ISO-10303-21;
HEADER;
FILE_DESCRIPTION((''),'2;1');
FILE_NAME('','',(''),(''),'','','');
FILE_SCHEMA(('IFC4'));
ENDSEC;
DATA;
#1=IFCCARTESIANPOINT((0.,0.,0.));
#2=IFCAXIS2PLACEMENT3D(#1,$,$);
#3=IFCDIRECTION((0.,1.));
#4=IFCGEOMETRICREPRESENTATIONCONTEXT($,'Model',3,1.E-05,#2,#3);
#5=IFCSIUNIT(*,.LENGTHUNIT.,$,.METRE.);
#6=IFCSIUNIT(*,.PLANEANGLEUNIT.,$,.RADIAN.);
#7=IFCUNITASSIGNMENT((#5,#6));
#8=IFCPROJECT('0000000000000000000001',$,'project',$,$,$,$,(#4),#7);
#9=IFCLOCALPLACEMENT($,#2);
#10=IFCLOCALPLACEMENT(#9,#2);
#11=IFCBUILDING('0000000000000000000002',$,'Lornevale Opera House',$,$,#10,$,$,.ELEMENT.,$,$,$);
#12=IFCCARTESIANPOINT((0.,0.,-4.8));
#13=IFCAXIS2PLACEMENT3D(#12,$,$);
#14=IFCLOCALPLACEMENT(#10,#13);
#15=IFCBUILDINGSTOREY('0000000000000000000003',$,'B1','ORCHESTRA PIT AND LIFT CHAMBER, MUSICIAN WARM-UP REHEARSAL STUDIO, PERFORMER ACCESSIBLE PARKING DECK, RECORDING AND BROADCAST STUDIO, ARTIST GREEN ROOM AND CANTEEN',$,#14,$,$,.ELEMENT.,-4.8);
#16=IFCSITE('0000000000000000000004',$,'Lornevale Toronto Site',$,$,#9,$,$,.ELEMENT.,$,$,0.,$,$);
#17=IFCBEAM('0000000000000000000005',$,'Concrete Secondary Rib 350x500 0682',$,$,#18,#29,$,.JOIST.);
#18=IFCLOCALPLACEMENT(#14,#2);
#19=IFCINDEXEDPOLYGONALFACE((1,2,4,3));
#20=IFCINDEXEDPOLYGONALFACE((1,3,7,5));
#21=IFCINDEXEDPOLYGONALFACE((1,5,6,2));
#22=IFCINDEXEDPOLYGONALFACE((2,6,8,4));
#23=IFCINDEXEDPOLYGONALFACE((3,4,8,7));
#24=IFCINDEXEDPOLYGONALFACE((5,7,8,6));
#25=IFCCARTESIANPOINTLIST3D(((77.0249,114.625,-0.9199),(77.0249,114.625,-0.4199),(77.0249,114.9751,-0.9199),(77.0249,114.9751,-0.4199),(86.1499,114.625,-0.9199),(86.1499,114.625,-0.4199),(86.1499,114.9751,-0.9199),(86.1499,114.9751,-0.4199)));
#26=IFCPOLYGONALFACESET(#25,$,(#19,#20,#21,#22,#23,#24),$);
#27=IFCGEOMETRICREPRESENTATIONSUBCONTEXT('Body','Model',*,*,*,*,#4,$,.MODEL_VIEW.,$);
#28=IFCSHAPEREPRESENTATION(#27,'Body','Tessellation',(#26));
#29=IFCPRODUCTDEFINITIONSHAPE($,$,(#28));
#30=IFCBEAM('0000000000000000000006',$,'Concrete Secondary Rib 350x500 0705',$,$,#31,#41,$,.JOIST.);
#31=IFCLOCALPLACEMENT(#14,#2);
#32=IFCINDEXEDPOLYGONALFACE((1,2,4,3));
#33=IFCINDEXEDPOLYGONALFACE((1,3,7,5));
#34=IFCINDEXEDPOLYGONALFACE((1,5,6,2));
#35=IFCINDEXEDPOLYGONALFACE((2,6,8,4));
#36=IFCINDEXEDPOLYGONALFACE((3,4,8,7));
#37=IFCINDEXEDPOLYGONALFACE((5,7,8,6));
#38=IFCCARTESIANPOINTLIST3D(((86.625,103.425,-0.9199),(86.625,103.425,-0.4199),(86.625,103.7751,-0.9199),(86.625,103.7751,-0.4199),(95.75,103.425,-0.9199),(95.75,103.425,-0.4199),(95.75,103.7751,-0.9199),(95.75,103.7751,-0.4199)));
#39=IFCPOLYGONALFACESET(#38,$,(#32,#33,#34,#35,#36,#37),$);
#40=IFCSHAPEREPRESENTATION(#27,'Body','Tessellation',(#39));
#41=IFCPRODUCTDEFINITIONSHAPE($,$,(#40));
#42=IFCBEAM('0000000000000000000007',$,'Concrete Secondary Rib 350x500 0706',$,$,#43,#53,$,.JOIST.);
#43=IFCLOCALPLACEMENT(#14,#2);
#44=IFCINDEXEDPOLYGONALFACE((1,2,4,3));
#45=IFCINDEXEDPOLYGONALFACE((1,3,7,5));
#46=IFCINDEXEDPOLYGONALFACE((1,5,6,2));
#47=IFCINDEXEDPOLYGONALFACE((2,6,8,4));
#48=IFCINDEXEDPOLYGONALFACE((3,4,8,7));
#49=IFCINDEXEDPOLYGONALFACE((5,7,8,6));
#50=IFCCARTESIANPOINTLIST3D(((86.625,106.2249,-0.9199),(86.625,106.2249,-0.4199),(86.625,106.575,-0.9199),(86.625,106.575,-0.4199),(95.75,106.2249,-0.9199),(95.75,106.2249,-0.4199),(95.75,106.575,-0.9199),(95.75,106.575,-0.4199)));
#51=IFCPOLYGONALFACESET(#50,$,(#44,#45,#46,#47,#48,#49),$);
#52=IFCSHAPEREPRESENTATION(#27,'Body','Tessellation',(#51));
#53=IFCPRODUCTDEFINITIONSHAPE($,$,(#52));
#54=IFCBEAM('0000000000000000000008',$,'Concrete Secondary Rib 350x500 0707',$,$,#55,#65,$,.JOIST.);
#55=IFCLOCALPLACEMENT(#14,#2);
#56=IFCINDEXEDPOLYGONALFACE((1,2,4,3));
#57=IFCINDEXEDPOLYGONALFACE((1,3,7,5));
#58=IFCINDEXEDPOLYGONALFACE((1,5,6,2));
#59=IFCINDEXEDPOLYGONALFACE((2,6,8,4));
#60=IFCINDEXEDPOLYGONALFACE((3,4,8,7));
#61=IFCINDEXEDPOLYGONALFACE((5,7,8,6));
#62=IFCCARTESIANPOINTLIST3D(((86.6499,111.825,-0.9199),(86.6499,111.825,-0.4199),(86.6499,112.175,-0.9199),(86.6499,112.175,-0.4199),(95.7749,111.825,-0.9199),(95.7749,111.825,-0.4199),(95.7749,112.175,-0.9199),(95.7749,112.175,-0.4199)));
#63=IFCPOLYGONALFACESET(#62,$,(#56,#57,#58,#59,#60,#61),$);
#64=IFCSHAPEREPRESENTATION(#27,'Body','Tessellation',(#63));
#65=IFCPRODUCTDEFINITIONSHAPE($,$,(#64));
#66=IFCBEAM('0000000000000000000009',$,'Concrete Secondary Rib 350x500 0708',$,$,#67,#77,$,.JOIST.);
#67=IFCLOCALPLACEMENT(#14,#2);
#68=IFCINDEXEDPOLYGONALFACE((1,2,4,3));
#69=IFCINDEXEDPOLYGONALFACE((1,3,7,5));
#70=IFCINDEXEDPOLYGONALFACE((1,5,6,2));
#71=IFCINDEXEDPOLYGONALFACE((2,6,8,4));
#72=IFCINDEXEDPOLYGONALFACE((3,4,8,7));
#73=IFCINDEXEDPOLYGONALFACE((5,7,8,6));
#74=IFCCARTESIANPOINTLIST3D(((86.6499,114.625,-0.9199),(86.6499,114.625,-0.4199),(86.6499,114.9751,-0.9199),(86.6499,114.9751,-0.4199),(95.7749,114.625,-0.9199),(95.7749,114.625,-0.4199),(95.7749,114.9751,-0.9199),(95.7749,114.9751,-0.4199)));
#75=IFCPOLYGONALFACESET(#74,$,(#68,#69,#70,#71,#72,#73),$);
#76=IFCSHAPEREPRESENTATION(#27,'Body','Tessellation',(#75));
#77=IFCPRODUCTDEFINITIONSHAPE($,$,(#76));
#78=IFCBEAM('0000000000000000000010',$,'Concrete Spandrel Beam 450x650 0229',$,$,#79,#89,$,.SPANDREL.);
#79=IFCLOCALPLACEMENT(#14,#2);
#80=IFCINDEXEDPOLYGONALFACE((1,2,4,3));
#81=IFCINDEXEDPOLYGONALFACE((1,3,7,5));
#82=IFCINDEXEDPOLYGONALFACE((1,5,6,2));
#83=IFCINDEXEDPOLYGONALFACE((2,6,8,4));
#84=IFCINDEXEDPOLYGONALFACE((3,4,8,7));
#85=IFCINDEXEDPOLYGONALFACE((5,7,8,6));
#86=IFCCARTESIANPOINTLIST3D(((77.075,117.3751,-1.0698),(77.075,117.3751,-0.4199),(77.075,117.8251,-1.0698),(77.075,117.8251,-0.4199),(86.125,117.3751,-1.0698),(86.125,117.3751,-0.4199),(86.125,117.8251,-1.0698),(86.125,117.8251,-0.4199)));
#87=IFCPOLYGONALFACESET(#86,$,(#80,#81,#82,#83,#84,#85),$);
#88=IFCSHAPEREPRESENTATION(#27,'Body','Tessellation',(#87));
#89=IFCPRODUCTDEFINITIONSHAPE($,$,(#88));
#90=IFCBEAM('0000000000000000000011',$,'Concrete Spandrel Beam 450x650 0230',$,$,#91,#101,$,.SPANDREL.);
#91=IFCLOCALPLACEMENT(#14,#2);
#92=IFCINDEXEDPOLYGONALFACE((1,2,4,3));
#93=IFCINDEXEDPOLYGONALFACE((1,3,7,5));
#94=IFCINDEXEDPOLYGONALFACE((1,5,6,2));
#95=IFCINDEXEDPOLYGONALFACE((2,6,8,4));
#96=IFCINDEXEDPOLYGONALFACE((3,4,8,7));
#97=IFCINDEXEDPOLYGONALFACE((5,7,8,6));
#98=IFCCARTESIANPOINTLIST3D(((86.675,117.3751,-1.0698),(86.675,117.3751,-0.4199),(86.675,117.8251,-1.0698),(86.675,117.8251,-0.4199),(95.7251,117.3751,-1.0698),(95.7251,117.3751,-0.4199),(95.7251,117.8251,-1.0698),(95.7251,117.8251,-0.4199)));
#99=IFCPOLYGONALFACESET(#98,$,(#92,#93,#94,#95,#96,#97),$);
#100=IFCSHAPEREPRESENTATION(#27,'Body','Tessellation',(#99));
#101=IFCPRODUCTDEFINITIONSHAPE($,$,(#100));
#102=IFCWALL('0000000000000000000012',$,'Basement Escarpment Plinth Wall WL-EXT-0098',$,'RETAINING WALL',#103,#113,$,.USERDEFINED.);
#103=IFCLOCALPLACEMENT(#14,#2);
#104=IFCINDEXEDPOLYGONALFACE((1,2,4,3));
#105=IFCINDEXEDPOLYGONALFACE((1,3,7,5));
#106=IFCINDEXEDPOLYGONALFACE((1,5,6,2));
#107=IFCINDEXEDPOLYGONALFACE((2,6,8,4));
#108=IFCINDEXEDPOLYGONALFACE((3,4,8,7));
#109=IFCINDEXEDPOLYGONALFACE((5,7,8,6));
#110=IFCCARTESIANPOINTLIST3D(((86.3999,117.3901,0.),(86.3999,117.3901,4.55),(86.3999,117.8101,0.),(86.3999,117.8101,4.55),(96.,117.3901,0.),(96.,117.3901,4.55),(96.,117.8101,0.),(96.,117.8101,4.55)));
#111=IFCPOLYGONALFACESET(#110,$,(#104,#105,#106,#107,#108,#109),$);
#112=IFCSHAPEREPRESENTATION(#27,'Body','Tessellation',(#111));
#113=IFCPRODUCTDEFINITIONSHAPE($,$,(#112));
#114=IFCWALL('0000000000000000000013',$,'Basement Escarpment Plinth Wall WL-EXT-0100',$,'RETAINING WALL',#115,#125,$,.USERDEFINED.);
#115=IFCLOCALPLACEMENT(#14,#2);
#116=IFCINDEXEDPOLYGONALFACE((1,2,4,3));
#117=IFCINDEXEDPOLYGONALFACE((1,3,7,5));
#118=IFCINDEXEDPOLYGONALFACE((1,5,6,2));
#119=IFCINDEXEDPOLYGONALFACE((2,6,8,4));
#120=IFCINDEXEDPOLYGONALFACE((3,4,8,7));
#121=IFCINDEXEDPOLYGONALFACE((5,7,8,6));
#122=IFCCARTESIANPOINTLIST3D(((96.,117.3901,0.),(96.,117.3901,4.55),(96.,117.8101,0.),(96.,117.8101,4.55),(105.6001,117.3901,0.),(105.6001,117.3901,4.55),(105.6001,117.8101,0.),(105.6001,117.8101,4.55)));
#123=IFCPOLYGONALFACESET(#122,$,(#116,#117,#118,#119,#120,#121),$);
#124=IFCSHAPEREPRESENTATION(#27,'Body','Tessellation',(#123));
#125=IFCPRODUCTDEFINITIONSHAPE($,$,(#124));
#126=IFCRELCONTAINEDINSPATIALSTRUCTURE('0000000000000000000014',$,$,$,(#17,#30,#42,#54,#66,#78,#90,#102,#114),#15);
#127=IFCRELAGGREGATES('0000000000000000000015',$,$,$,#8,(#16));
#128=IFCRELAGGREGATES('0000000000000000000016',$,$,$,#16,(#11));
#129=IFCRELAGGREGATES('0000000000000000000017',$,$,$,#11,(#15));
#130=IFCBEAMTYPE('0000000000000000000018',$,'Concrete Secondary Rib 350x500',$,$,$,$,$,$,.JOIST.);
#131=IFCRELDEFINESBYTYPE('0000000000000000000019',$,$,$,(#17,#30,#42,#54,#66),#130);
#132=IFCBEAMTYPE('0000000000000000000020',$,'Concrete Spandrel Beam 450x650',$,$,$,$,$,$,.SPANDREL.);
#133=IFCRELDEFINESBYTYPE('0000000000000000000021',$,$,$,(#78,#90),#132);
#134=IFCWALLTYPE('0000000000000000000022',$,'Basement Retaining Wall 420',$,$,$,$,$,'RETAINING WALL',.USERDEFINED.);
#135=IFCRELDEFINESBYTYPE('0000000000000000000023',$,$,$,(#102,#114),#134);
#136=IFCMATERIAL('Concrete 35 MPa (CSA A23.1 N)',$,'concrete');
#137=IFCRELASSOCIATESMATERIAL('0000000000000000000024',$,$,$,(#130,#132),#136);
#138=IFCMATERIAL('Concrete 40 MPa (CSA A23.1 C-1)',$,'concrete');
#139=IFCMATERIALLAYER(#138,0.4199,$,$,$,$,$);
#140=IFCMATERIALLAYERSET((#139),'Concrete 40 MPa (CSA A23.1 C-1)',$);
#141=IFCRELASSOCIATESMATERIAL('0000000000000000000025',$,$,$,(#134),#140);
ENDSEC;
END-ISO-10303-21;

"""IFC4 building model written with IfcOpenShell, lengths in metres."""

from ifc_helpers import new_model, si_unit, direction, frame, frame_2d, origin, origin_2d, place, context, subcontext, project, spatial, rectangle, extrude, material, layer, layer_set, material_profile, profile_set, type_object, element, save


model = new_model("IFC4")

# Units and contexts
model_context = context("Model", 3, precision=1e-05, world=origin(), true_north=direction((0.0, 1.0)))
body_context = subcontext(model_context, "Body", "Model", "MODEL_VIEW")
ifc_project = project(units=[si_unit("LENGTHUNIT", "METRE"), si_unit("PLANEANGLEUNIT", "RADIAN")], contexts=[model_context])

# Site, building, storey
site_placement = place(None, origin())
site = spatial("IfcSite", under=ifc_project, at=site_placement, Name="Lornevale Toronto Site", CompositionType="ELEMENT", RefElevation=0.0)
building_placement = place(site_placement, origin())
building = spatial("IfcBuilding", under=site, at=building_placement, Name="Lornevale Opera House", CompositionType="ELEMENT")
storey_placement = place(building_placement, frame((0.0, 0.0, -4.8)))
storey = spatial("IfcBuildingStorey", under=building, at=storey_placement, Name="B1", Description="ORCHESTRA PIT AND LIFT CHAMBER, MUSICIAN WARM-UP REHEARSAL STUDIO, PERFORMER ACCESSIBLE PARKING DECK, RECORDING AND BROADCAST STUDIO, ARTIST GREEN ROOM AND CANTEEN", CompositionType="ELEMENT", Elevation=-4.8)

# Shared definitions
ifc_material_1 = material(Name="Concrete 35 MPa (CSA A23.1 N)", Category="concrete")
ifc_material_2 = material(Name="Concrete 40 MPa (CSA A23.1 C-1)", Category="concrete")

# Beams
ifc_material_profile_1 = material_profile(ifc_material_1, rectangle(XDim=0.3501, YDim=0.5, at=origin_2d()), Name="RC350x500")
ifc_profile_set_1 = profile_set([ifc_material_profile_1], Name="Concrete 35 MPa (CSA A23.1 N)")
beam_type_1 = type_object("IfcBeamType", Name="Concrete Secondary Rib 350x500", PredefinedType="JOIST", material=ifc_profile_set_1)
for number, where, z_axis, x_axis, name in (
    (1, (77.0249, 114.8, -0.6699), (1.0, 0.0, 0.0), (0.0, 1.0, 0.0), "Concrete Secondary Rib 350x500 0682"),
    (2, (86.625, 103.6001, -0.6699), (1.0, 0.0, 0.0), (0.0, 1.0, 0.0), "Concrete Secondary Rib 350x500 0705"),
    (3, (86.625, 106.3999, -0.6699), (1.0, 0.0, 0.0), (0.0, 1.0, 0.0), "Concrete Secondary Rib 350x500 0706"),
    (4, (86.6499, 112.0, -0.6699), (1.0, 0.0, 0.0), (0.0, 1.0, 0.0), "Concrete Secondary Rib 350x500 0707"),
    (5, (86.6499, 114.8, -0.6699), (1.0, 0.0, 0.0), (0.0, 1.0, 0.0), "Concrete Secondary Rib 350x500 0708"),
):
    element("IfcBeam", number, at=place(storey_placement, frame(where, z_axis=z_axis, x_axis=x_axis)), inside=storey, type_object=beam_type_1, Name=name, PredefinedType="JOIST", context=body_context, shape_type="SweptSolid", body=[
        extrude(rectangle(XDim=0.3501, YDim=0.5, at=origin_2d()), origin(), (0.0, 0.0, 1.0), 9.125),
    ])
ifc_material_profile_2 = material_profile(ifc_material_1, rectangle(XDim=0.45, YDim=0.6499, at=origin_2d()), Name="RC450x650")
ifc_profile_set_2 = profile_set([ifc_material_profile_2], Name="Concrete 35 MPa (CSA A23.1 N)")
beam_type_2 = type_object("IfcBeamType", Name="Concrete Spandrel Beam 450x650", PredefinedType="SPANDREL", material=ifc_profile_set_2)
for number, where, z_axis, x_axis, name in (
    (6, (77.075, 117.6001, -0.7449), (1.0, 0.0, 0.0), (0.0, 1.0, 0.0), "Concrete Spandrel Beam 450x650 0229"),
    (7, (86.675, 117.6001, -0.7449), (1.0, 0.0, 0.0), (0.0, 1.0, 0.0), "Concrete Spandrel Beam 450x650 0230"),
):
    element("IfcBeam", number, at=place(storey_placement, frame(where, z_axis=z_axis, x_axis=x_axis)), inside=storey, type_object=beam_type_2, Name=name, PredefinedType="SPANDREL", context=body_context, shape_type="SweptSolid", body=[
        extrude(rectangle(XDim=0.45, YDim=0.6499, at=origin_2d()), origin(), (0.0, 0.0, 1.0), 9.05),
    ])

# Walls
ifc_layer = layer(ifc_material_2, 0.4199)
ifc_layer_set = layer_set([ifc_layer], Name="Concrete 40 MPa (CSA A23.1 C-1)")
wall_type = type_object("IfcWallType", Name="Basement Retaining Wall 420", ElementType="RETAINING WALL", PredefinedType="USERDEFINED", material=ifc_layer_set)
for number, where, z_axis, x_axis, name in (
    (8, (86.3999, 117.6001, 0.0), (0.0, 0.0, 1.0), (1.0, 0.0, 0.0), "Basement Escarpment Plinth Wall WL-EXT-0098"),
    (9, (96.0, 117.6001, 0.0), (0.0, 0.0, 1.0), (1.0, 0.0, 0.0), "Basement Escarpment Plinth Wall WL-EXT-0100"),
):
    element("IfcWall", number, at=place(storey_placement, frame(where, z_axis=z_axis, x_axis=x_axis)), inside=storey, type_object=wall_type, Name=name, ObjectType="RETAINING WALL", PredefinedType="USERDEFINED", context=body_context, shape_type="SweptSolid", body=[
        extrude(rectangle(XDim=9.6001, YDim=0.4199, at=frame_2d((4.8, 0.0))), origin(), (0.0, 0.0, 1.0), 4.55),
    ])

save(model, "model.ifc")
